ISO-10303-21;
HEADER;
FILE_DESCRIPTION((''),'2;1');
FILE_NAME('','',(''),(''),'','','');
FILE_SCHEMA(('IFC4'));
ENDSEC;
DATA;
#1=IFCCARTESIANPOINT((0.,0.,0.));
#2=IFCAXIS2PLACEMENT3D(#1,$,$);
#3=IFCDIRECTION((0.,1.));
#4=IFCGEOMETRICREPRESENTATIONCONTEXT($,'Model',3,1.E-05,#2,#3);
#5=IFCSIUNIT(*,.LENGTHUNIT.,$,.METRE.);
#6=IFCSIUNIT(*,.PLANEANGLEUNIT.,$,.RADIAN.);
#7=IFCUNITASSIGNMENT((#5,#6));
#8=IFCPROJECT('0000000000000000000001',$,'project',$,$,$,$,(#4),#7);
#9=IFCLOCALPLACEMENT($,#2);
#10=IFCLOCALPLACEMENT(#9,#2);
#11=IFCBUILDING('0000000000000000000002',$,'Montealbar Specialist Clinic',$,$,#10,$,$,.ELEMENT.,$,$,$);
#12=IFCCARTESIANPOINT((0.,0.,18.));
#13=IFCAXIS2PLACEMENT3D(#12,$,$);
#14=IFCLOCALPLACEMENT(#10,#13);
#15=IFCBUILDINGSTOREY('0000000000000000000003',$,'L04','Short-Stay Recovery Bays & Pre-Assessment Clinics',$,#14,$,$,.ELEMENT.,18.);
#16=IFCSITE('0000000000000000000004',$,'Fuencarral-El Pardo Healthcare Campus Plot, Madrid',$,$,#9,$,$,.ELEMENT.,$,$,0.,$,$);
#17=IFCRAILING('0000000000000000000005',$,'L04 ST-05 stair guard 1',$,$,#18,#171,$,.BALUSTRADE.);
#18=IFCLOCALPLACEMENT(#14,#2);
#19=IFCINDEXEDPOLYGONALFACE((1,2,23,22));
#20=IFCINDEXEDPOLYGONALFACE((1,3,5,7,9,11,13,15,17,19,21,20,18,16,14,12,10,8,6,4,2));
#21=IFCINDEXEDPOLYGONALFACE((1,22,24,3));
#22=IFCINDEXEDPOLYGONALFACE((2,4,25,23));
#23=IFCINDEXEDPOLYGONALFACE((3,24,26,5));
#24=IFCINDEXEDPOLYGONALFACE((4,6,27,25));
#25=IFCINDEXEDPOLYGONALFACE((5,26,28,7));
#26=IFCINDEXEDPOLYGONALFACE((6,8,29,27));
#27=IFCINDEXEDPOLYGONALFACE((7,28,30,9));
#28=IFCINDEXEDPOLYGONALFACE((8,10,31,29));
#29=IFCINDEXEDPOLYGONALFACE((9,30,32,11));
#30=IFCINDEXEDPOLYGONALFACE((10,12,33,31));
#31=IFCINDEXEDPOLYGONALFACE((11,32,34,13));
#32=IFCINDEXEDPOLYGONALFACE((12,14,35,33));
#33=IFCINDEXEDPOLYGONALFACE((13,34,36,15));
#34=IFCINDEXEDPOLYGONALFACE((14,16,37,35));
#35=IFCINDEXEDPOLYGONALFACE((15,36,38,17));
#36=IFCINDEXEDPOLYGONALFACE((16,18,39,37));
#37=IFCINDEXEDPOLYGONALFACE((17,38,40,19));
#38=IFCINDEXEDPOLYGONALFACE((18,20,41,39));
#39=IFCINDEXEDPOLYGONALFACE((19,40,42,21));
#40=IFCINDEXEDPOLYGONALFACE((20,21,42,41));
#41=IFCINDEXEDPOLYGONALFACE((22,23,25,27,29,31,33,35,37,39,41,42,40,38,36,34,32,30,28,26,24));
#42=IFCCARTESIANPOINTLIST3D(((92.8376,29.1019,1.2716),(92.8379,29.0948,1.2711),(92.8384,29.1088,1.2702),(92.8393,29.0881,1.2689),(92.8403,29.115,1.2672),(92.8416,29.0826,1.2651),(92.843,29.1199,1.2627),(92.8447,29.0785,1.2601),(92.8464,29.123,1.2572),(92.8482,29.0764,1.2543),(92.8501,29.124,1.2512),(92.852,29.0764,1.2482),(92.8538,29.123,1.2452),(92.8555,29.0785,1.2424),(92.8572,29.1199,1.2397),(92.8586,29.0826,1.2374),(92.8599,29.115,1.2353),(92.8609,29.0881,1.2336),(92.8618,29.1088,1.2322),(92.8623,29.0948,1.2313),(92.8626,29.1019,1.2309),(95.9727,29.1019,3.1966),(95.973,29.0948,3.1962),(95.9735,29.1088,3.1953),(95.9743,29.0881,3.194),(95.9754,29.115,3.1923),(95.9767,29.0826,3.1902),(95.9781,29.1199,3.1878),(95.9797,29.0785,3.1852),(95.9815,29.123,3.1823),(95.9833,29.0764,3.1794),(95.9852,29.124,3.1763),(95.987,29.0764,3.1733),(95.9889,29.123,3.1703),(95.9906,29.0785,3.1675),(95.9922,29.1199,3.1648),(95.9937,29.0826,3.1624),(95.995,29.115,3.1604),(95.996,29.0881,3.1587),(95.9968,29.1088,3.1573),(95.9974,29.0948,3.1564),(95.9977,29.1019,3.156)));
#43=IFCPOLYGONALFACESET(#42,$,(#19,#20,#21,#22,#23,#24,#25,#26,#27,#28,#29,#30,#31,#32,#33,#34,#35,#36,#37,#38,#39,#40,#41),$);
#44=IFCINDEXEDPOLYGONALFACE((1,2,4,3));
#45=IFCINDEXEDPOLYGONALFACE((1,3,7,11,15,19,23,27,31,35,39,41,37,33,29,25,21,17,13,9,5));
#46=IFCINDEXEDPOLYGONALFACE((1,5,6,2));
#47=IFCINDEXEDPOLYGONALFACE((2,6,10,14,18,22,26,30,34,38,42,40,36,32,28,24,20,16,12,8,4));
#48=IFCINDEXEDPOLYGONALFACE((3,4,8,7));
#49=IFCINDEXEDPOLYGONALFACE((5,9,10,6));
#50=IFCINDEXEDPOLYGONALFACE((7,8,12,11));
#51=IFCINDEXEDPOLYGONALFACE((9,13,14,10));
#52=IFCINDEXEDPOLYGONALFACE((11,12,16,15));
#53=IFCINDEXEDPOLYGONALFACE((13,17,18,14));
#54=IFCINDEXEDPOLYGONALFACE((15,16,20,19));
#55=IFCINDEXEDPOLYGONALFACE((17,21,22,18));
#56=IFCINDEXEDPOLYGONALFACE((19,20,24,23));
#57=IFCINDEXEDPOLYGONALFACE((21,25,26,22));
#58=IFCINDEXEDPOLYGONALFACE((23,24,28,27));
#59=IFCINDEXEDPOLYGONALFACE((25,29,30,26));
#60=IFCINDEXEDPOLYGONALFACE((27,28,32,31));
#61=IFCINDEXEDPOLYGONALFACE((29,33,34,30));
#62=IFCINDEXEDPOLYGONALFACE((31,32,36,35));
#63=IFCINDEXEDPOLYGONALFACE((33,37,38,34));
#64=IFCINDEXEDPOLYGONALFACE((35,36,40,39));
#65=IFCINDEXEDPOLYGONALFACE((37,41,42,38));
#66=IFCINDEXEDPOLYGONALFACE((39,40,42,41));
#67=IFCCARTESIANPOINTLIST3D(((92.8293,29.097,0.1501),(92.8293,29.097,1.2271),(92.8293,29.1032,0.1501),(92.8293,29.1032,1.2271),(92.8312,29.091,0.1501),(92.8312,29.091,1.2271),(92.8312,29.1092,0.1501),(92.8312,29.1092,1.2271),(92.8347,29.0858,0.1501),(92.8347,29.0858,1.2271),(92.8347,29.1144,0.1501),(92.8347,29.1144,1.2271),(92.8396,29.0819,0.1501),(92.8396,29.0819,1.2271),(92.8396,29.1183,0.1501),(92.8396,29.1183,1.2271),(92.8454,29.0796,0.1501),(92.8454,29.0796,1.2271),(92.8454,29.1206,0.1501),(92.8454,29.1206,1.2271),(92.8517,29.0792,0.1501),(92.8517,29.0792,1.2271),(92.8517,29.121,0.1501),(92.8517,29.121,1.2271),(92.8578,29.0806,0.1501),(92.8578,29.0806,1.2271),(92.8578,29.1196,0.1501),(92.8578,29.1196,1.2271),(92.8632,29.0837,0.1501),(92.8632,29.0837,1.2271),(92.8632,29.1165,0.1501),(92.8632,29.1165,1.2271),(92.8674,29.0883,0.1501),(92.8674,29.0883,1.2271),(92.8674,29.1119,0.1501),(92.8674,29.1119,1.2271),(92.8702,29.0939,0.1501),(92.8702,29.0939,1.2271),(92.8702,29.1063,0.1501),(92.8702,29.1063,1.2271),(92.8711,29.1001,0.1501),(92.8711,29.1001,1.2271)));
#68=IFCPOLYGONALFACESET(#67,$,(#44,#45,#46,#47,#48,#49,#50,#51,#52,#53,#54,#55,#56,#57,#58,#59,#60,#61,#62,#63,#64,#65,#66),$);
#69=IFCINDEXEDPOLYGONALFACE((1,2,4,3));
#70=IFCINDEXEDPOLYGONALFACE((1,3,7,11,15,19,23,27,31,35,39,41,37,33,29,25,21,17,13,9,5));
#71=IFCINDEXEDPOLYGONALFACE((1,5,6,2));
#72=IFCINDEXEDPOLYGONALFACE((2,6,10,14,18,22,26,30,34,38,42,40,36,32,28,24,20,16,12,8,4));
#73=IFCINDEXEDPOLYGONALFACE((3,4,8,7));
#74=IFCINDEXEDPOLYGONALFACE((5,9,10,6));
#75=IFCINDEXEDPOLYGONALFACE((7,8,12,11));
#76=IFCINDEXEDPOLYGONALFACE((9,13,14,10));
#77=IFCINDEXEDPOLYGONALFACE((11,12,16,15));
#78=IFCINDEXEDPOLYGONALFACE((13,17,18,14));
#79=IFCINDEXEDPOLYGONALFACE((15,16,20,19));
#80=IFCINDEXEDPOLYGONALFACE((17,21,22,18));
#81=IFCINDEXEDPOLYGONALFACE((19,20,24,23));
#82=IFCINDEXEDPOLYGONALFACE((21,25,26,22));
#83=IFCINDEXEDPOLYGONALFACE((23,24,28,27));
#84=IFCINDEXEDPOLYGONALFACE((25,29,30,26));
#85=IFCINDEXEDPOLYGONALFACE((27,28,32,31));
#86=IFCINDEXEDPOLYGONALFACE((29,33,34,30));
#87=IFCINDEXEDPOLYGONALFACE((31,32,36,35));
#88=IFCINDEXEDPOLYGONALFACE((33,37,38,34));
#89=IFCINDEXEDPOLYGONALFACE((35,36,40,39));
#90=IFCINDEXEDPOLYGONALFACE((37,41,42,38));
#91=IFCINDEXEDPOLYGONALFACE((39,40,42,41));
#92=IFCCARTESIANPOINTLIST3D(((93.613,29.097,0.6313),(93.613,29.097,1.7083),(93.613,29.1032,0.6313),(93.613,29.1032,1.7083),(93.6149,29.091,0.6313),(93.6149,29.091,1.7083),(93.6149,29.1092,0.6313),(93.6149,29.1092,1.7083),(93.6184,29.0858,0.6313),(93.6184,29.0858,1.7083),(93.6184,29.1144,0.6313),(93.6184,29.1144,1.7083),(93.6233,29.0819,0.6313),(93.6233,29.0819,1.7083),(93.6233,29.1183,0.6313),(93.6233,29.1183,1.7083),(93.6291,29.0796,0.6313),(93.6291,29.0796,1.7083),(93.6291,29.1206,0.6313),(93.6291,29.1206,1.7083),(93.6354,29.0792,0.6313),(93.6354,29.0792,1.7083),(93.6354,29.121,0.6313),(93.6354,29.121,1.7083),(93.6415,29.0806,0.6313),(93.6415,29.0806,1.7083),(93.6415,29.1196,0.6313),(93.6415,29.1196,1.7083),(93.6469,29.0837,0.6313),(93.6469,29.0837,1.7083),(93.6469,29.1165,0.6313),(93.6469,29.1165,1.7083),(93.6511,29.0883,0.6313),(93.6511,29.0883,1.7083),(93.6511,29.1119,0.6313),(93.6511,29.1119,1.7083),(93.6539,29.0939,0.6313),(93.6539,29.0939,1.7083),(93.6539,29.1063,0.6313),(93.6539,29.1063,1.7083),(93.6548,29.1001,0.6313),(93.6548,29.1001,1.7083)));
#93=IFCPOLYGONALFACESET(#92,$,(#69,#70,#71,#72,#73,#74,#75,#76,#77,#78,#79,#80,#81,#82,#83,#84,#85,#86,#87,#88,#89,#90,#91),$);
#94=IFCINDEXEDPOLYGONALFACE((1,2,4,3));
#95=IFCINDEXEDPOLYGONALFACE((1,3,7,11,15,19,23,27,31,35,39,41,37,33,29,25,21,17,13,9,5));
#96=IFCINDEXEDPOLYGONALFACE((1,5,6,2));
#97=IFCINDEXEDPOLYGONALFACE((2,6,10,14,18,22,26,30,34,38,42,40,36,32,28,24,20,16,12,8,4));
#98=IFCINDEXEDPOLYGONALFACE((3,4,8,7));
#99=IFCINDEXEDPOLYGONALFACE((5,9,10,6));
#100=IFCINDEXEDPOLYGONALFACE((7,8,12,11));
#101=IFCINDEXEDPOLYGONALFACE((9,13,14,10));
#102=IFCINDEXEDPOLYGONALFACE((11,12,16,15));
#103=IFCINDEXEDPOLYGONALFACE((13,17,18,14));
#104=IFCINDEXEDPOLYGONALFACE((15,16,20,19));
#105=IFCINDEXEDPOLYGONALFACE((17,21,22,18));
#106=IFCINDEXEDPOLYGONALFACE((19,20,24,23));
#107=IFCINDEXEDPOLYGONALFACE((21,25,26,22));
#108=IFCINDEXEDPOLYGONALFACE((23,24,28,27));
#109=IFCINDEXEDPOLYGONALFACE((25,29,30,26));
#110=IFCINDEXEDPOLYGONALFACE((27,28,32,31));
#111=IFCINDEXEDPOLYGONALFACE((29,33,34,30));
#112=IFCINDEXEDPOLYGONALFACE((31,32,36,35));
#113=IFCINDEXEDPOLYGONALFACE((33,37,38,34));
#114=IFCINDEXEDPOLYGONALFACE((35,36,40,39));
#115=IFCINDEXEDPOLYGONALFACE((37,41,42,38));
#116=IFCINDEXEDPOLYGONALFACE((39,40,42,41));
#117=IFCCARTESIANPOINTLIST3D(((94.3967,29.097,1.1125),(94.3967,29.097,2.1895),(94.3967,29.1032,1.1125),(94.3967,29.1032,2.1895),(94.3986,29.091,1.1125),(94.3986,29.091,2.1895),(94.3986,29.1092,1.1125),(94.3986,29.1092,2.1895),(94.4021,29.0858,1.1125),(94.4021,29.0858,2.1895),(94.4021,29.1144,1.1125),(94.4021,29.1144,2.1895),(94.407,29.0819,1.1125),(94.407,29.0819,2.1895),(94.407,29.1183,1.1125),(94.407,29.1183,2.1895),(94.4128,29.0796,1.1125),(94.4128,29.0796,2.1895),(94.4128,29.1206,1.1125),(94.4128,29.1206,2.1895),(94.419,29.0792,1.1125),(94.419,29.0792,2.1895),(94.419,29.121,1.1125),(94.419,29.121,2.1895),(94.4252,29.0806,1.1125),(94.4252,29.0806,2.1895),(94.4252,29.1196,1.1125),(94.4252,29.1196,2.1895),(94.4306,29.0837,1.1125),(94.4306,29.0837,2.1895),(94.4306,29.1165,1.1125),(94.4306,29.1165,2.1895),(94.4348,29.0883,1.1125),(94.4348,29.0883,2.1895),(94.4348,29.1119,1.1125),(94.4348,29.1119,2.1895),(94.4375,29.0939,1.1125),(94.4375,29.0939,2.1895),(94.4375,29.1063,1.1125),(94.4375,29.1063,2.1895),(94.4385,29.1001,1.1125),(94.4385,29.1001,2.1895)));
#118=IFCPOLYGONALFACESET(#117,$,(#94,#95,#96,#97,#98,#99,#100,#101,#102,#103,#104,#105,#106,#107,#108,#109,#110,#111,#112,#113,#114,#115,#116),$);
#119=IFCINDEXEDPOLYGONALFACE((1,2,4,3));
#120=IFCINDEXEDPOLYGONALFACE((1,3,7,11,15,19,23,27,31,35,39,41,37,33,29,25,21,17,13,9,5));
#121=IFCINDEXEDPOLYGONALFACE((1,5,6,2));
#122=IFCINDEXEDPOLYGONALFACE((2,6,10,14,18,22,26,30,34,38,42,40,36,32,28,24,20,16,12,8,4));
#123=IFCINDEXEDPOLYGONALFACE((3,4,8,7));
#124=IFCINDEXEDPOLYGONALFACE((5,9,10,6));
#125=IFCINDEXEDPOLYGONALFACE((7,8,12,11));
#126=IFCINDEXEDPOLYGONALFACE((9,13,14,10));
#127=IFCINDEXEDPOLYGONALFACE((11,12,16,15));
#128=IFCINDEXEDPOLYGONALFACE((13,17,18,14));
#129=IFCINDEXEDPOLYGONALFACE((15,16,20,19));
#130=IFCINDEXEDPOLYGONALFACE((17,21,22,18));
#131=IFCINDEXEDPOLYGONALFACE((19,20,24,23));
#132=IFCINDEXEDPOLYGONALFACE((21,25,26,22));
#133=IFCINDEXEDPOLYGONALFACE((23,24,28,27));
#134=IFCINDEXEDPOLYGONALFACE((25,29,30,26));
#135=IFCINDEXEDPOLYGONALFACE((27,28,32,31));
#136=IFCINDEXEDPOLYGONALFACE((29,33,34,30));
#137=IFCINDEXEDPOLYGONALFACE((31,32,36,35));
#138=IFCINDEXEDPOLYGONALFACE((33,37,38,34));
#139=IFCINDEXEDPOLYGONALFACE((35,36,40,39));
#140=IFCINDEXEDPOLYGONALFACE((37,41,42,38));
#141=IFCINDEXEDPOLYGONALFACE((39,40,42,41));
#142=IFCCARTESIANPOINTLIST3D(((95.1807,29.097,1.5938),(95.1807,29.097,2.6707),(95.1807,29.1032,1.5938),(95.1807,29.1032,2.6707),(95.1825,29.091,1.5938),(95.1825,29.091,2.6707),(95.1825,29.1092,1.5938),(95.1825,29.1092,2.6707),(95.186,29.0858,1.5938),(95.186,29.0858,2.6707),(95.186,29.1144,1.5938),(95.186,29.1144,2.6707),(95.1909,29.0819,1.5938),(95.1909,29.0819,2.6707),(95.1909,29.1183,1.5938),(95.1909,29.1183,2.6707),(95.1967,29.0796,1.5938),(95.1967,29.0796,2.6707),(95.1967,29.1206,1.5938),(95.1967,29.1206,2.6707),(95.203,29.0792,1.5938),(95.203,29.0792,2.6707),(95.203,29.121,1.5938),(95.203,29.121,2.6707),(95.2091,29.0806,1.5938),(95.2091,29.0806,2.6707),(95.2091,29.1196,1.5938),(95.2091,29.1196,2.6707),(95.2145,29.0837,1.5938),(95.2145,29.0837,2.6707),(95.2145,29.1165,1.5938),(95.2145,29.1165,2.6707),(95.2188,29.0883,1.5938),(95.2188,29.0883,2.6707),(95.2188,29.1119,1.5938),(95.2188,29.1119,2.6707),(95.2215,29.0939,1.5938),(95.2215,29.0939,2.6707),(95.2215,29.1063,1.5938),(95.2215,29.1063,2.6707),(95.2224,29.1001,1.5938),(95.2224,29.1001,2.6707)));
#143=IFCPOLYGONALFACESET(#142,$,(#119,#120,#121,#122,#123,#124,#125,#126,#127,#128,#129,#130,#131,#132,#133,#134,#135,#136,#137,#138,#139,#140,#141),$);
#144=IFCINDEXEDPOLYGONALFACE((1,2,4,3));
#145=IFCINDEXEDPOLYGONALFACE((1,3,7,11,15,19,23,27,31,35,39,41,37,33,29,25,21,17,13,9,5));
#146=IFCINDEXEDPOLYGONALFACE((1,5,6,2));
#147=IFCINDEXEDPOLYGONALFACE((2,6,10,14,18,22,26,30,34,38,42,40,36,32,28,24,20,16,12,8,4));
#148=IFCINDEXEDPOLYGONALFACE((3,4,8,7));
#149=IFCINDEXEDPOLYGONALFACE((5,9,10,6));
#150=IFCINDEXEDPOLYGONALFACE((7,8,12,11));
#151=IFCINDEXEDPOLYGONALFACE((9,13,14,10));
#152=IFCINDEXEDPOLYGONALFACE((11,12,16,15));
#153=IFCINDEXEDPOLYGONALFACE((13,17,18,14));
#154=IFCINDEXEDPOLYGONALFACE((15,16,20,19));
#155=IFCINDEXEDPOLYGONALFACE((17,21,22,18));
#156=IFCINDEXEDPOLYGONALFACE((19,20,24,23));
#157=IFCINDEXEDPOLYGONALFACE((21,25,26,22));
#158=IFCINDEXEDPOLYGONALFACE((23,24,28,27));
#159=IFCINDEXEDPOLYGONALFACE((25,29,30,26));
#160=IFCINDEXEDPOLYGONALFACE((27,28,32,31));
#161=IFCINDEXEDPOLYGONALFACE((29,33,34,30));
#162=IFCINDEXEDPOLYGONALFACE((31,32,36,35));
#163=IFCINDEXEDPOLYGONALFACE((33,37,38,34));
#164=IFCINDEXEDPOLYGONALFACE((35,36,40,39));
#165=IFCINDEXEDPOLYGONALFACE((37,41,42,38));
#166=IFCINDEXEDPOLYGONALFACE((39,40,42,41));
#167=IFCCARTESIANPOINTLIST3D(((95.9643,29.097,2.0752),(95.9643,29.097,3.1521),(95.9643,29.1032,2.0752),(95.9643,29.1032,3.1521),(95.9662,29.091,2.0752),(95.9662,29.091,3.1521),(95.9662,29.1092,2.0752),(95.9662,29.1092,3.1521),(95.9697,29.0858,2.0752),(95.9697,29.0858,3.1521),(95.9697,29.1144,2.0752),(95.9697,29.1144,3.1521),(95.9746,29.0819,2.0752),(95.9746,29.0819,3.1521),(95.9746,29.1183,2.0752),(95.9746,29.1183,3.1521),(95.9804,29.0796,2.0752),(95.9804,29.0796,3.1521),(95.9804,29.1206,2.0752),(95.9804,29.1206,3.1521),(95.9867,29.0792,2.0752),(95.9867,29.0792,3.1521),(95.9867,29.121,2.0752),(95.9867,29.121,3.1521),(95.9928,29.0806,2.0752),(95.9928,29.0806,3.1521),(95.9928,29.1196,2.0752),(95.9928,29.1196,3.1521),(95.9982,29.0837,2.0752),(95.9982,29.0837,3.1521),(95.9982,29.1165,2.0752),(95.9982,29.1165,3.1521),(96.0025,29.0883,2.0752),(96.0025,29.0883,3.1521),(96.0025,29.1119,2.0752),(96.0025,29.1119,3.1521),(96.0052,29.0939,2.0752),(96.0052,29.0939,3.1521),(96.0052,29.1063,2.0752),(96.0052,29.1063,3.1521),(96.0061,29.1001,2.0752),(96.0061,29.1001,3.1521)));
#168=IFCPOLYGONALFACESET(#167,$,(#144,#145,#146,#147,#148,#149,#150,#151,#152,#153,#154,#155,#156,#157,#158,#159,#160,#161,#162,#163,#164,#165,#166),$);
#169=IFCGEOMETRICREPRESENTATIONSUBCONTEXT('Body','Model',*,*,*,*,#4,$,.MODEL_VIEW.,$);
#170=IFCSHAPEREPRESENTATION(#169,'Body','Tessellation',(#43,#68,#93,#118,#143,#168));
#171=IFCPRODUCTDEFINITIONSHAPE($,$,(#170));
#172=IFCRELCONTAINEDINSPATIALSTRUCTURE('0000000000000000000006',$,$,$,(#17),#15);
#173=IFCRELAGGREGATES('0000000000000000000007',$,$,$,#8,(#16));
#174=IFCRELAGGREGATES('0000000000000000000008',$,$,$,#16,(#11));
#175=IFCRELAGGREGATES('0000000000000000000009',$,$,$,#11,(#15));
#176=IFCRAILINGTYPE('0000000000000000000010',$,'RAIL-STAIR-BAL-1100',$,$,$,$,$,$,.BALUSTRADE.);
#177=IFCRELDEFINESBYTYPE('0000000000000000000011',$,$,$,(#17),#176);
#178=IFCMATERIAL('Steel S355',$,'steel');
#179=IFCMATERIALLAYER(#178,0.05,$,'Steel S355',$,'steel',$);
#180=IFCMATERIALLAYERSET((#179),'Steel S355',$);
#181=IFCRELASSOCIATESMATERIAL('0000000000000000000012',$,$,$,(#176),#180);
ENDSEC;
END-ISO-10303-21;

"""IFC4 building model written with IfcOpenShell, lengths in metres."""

from ifc_helpers import new_model, si_unit, direction, frame, origin, origin_2d, place, context, subcontext, project, spatial, circle, extrude, material, layer, layer_set, type_object, element, save


model = new_model("IFC4")

# Units and contexts
model_context = context("Model", 3, precision=1e-05, world=origin(), true_north=direction((0.0, 1.0)))
body_context = subcontext(model_context, "Body", "Model", "MODEL_VIEW")
ifc_project = project(units=[si_unit("LENGTHUNIT", "METRE"), si_unit("PLANEANGLEUNIT", "RADIAN")], contexts=[model_context])

# Site, building, storey
site_placement = place(None, origin())
site = spatial("IfcSite", under=ifc_project, at=site_placement, Name="Fuencarral-El Pardo Healthcare Campus Plot, Madrid", CompositionType="ELEMENT", RefElevation=0.0)
building_placement = place(site_placement, origin())
building = spatial("IfcBuilding", under=site, at=building_placement, Name="Montealbar Specialist Clinic", CompositionType="ELEMENT")
storey_placement = place(building_placement, frame((0.0, 0.0, 18.0)))
storey = spatial("IfcBuildingStorey", under=building, at=storey_placement, Name="L04", Description="Short-Stay Recovery Bays & Pre-Assessment Clinics", CompositionType="ELEMENT", Elevation=18.0)

# Shared definitions
ifc_material_1 = material(Name="Steel S355", Category="steel")

# Railing
ifc_layer_1 = layer(ifc_material_1, 0.05, Name="Steel S355", Category="steel")
ifc_layer_set_1 = layer_set([ifc_layer_1], Name="Steel S355")
railing_type_1 = type_object("IfcRailingType", Name="RAIL-STAIR-BAL-1100", PredefinedType="BALUSTRADE", material=ifc_layer_set_1)
railing_1_placement = place(storey_placement, frame((92.8501, 29.1001, 0.175)))
element("IfcRailing", 1, at=railing_1_placement, inside=storey, type_object=railing_type_1, Name="L04 ST-05 stair guard 1", PredefinedType="BALUSTRADE", context=body_context, shape_type="SweptSolid", body=[
    extrude(circle(Radius=0.0239, at=origin_2d()), frame((0.0, 0.0, 1.0762), z_axis=(0.852166, 0.0, 0.523271), x_axis=(0.0, 1.0, 0.0)), (0.0, 0.0, 1.0), 3.679),
    extrude(circle(Radius=0.021, at=origin_2d()), frame((0.0, 0.0, -0.0249)), (0.0, 0.0, 1.0), 1.0769),
    extrude(circle(Radius=0.021, at=origin_2d()), frame((0.7837, 0.0, 0.4563)), (0.0, 0.0, 1.0), 1.0769),
    extrude(circle(Radius=0.021, at=origin_2d()), frame((1.5674, 0.0, 0.9375)), (0.0, 0.0, 1.0), 1.0769),
    extrude(circle(Radius=0.021, at=origin_2d()), frame((2.3513, 0.0, 1.4187)), (0.0, 0.0, 1.0), 1.0769),
    extrude(circle(Radius=0.021, at=origin_2d()), frame((3.135, 0.0, 1.9001)), (0.0, 0.0, 1.0), 1.0769),
])

save(model, "model.ifc")
